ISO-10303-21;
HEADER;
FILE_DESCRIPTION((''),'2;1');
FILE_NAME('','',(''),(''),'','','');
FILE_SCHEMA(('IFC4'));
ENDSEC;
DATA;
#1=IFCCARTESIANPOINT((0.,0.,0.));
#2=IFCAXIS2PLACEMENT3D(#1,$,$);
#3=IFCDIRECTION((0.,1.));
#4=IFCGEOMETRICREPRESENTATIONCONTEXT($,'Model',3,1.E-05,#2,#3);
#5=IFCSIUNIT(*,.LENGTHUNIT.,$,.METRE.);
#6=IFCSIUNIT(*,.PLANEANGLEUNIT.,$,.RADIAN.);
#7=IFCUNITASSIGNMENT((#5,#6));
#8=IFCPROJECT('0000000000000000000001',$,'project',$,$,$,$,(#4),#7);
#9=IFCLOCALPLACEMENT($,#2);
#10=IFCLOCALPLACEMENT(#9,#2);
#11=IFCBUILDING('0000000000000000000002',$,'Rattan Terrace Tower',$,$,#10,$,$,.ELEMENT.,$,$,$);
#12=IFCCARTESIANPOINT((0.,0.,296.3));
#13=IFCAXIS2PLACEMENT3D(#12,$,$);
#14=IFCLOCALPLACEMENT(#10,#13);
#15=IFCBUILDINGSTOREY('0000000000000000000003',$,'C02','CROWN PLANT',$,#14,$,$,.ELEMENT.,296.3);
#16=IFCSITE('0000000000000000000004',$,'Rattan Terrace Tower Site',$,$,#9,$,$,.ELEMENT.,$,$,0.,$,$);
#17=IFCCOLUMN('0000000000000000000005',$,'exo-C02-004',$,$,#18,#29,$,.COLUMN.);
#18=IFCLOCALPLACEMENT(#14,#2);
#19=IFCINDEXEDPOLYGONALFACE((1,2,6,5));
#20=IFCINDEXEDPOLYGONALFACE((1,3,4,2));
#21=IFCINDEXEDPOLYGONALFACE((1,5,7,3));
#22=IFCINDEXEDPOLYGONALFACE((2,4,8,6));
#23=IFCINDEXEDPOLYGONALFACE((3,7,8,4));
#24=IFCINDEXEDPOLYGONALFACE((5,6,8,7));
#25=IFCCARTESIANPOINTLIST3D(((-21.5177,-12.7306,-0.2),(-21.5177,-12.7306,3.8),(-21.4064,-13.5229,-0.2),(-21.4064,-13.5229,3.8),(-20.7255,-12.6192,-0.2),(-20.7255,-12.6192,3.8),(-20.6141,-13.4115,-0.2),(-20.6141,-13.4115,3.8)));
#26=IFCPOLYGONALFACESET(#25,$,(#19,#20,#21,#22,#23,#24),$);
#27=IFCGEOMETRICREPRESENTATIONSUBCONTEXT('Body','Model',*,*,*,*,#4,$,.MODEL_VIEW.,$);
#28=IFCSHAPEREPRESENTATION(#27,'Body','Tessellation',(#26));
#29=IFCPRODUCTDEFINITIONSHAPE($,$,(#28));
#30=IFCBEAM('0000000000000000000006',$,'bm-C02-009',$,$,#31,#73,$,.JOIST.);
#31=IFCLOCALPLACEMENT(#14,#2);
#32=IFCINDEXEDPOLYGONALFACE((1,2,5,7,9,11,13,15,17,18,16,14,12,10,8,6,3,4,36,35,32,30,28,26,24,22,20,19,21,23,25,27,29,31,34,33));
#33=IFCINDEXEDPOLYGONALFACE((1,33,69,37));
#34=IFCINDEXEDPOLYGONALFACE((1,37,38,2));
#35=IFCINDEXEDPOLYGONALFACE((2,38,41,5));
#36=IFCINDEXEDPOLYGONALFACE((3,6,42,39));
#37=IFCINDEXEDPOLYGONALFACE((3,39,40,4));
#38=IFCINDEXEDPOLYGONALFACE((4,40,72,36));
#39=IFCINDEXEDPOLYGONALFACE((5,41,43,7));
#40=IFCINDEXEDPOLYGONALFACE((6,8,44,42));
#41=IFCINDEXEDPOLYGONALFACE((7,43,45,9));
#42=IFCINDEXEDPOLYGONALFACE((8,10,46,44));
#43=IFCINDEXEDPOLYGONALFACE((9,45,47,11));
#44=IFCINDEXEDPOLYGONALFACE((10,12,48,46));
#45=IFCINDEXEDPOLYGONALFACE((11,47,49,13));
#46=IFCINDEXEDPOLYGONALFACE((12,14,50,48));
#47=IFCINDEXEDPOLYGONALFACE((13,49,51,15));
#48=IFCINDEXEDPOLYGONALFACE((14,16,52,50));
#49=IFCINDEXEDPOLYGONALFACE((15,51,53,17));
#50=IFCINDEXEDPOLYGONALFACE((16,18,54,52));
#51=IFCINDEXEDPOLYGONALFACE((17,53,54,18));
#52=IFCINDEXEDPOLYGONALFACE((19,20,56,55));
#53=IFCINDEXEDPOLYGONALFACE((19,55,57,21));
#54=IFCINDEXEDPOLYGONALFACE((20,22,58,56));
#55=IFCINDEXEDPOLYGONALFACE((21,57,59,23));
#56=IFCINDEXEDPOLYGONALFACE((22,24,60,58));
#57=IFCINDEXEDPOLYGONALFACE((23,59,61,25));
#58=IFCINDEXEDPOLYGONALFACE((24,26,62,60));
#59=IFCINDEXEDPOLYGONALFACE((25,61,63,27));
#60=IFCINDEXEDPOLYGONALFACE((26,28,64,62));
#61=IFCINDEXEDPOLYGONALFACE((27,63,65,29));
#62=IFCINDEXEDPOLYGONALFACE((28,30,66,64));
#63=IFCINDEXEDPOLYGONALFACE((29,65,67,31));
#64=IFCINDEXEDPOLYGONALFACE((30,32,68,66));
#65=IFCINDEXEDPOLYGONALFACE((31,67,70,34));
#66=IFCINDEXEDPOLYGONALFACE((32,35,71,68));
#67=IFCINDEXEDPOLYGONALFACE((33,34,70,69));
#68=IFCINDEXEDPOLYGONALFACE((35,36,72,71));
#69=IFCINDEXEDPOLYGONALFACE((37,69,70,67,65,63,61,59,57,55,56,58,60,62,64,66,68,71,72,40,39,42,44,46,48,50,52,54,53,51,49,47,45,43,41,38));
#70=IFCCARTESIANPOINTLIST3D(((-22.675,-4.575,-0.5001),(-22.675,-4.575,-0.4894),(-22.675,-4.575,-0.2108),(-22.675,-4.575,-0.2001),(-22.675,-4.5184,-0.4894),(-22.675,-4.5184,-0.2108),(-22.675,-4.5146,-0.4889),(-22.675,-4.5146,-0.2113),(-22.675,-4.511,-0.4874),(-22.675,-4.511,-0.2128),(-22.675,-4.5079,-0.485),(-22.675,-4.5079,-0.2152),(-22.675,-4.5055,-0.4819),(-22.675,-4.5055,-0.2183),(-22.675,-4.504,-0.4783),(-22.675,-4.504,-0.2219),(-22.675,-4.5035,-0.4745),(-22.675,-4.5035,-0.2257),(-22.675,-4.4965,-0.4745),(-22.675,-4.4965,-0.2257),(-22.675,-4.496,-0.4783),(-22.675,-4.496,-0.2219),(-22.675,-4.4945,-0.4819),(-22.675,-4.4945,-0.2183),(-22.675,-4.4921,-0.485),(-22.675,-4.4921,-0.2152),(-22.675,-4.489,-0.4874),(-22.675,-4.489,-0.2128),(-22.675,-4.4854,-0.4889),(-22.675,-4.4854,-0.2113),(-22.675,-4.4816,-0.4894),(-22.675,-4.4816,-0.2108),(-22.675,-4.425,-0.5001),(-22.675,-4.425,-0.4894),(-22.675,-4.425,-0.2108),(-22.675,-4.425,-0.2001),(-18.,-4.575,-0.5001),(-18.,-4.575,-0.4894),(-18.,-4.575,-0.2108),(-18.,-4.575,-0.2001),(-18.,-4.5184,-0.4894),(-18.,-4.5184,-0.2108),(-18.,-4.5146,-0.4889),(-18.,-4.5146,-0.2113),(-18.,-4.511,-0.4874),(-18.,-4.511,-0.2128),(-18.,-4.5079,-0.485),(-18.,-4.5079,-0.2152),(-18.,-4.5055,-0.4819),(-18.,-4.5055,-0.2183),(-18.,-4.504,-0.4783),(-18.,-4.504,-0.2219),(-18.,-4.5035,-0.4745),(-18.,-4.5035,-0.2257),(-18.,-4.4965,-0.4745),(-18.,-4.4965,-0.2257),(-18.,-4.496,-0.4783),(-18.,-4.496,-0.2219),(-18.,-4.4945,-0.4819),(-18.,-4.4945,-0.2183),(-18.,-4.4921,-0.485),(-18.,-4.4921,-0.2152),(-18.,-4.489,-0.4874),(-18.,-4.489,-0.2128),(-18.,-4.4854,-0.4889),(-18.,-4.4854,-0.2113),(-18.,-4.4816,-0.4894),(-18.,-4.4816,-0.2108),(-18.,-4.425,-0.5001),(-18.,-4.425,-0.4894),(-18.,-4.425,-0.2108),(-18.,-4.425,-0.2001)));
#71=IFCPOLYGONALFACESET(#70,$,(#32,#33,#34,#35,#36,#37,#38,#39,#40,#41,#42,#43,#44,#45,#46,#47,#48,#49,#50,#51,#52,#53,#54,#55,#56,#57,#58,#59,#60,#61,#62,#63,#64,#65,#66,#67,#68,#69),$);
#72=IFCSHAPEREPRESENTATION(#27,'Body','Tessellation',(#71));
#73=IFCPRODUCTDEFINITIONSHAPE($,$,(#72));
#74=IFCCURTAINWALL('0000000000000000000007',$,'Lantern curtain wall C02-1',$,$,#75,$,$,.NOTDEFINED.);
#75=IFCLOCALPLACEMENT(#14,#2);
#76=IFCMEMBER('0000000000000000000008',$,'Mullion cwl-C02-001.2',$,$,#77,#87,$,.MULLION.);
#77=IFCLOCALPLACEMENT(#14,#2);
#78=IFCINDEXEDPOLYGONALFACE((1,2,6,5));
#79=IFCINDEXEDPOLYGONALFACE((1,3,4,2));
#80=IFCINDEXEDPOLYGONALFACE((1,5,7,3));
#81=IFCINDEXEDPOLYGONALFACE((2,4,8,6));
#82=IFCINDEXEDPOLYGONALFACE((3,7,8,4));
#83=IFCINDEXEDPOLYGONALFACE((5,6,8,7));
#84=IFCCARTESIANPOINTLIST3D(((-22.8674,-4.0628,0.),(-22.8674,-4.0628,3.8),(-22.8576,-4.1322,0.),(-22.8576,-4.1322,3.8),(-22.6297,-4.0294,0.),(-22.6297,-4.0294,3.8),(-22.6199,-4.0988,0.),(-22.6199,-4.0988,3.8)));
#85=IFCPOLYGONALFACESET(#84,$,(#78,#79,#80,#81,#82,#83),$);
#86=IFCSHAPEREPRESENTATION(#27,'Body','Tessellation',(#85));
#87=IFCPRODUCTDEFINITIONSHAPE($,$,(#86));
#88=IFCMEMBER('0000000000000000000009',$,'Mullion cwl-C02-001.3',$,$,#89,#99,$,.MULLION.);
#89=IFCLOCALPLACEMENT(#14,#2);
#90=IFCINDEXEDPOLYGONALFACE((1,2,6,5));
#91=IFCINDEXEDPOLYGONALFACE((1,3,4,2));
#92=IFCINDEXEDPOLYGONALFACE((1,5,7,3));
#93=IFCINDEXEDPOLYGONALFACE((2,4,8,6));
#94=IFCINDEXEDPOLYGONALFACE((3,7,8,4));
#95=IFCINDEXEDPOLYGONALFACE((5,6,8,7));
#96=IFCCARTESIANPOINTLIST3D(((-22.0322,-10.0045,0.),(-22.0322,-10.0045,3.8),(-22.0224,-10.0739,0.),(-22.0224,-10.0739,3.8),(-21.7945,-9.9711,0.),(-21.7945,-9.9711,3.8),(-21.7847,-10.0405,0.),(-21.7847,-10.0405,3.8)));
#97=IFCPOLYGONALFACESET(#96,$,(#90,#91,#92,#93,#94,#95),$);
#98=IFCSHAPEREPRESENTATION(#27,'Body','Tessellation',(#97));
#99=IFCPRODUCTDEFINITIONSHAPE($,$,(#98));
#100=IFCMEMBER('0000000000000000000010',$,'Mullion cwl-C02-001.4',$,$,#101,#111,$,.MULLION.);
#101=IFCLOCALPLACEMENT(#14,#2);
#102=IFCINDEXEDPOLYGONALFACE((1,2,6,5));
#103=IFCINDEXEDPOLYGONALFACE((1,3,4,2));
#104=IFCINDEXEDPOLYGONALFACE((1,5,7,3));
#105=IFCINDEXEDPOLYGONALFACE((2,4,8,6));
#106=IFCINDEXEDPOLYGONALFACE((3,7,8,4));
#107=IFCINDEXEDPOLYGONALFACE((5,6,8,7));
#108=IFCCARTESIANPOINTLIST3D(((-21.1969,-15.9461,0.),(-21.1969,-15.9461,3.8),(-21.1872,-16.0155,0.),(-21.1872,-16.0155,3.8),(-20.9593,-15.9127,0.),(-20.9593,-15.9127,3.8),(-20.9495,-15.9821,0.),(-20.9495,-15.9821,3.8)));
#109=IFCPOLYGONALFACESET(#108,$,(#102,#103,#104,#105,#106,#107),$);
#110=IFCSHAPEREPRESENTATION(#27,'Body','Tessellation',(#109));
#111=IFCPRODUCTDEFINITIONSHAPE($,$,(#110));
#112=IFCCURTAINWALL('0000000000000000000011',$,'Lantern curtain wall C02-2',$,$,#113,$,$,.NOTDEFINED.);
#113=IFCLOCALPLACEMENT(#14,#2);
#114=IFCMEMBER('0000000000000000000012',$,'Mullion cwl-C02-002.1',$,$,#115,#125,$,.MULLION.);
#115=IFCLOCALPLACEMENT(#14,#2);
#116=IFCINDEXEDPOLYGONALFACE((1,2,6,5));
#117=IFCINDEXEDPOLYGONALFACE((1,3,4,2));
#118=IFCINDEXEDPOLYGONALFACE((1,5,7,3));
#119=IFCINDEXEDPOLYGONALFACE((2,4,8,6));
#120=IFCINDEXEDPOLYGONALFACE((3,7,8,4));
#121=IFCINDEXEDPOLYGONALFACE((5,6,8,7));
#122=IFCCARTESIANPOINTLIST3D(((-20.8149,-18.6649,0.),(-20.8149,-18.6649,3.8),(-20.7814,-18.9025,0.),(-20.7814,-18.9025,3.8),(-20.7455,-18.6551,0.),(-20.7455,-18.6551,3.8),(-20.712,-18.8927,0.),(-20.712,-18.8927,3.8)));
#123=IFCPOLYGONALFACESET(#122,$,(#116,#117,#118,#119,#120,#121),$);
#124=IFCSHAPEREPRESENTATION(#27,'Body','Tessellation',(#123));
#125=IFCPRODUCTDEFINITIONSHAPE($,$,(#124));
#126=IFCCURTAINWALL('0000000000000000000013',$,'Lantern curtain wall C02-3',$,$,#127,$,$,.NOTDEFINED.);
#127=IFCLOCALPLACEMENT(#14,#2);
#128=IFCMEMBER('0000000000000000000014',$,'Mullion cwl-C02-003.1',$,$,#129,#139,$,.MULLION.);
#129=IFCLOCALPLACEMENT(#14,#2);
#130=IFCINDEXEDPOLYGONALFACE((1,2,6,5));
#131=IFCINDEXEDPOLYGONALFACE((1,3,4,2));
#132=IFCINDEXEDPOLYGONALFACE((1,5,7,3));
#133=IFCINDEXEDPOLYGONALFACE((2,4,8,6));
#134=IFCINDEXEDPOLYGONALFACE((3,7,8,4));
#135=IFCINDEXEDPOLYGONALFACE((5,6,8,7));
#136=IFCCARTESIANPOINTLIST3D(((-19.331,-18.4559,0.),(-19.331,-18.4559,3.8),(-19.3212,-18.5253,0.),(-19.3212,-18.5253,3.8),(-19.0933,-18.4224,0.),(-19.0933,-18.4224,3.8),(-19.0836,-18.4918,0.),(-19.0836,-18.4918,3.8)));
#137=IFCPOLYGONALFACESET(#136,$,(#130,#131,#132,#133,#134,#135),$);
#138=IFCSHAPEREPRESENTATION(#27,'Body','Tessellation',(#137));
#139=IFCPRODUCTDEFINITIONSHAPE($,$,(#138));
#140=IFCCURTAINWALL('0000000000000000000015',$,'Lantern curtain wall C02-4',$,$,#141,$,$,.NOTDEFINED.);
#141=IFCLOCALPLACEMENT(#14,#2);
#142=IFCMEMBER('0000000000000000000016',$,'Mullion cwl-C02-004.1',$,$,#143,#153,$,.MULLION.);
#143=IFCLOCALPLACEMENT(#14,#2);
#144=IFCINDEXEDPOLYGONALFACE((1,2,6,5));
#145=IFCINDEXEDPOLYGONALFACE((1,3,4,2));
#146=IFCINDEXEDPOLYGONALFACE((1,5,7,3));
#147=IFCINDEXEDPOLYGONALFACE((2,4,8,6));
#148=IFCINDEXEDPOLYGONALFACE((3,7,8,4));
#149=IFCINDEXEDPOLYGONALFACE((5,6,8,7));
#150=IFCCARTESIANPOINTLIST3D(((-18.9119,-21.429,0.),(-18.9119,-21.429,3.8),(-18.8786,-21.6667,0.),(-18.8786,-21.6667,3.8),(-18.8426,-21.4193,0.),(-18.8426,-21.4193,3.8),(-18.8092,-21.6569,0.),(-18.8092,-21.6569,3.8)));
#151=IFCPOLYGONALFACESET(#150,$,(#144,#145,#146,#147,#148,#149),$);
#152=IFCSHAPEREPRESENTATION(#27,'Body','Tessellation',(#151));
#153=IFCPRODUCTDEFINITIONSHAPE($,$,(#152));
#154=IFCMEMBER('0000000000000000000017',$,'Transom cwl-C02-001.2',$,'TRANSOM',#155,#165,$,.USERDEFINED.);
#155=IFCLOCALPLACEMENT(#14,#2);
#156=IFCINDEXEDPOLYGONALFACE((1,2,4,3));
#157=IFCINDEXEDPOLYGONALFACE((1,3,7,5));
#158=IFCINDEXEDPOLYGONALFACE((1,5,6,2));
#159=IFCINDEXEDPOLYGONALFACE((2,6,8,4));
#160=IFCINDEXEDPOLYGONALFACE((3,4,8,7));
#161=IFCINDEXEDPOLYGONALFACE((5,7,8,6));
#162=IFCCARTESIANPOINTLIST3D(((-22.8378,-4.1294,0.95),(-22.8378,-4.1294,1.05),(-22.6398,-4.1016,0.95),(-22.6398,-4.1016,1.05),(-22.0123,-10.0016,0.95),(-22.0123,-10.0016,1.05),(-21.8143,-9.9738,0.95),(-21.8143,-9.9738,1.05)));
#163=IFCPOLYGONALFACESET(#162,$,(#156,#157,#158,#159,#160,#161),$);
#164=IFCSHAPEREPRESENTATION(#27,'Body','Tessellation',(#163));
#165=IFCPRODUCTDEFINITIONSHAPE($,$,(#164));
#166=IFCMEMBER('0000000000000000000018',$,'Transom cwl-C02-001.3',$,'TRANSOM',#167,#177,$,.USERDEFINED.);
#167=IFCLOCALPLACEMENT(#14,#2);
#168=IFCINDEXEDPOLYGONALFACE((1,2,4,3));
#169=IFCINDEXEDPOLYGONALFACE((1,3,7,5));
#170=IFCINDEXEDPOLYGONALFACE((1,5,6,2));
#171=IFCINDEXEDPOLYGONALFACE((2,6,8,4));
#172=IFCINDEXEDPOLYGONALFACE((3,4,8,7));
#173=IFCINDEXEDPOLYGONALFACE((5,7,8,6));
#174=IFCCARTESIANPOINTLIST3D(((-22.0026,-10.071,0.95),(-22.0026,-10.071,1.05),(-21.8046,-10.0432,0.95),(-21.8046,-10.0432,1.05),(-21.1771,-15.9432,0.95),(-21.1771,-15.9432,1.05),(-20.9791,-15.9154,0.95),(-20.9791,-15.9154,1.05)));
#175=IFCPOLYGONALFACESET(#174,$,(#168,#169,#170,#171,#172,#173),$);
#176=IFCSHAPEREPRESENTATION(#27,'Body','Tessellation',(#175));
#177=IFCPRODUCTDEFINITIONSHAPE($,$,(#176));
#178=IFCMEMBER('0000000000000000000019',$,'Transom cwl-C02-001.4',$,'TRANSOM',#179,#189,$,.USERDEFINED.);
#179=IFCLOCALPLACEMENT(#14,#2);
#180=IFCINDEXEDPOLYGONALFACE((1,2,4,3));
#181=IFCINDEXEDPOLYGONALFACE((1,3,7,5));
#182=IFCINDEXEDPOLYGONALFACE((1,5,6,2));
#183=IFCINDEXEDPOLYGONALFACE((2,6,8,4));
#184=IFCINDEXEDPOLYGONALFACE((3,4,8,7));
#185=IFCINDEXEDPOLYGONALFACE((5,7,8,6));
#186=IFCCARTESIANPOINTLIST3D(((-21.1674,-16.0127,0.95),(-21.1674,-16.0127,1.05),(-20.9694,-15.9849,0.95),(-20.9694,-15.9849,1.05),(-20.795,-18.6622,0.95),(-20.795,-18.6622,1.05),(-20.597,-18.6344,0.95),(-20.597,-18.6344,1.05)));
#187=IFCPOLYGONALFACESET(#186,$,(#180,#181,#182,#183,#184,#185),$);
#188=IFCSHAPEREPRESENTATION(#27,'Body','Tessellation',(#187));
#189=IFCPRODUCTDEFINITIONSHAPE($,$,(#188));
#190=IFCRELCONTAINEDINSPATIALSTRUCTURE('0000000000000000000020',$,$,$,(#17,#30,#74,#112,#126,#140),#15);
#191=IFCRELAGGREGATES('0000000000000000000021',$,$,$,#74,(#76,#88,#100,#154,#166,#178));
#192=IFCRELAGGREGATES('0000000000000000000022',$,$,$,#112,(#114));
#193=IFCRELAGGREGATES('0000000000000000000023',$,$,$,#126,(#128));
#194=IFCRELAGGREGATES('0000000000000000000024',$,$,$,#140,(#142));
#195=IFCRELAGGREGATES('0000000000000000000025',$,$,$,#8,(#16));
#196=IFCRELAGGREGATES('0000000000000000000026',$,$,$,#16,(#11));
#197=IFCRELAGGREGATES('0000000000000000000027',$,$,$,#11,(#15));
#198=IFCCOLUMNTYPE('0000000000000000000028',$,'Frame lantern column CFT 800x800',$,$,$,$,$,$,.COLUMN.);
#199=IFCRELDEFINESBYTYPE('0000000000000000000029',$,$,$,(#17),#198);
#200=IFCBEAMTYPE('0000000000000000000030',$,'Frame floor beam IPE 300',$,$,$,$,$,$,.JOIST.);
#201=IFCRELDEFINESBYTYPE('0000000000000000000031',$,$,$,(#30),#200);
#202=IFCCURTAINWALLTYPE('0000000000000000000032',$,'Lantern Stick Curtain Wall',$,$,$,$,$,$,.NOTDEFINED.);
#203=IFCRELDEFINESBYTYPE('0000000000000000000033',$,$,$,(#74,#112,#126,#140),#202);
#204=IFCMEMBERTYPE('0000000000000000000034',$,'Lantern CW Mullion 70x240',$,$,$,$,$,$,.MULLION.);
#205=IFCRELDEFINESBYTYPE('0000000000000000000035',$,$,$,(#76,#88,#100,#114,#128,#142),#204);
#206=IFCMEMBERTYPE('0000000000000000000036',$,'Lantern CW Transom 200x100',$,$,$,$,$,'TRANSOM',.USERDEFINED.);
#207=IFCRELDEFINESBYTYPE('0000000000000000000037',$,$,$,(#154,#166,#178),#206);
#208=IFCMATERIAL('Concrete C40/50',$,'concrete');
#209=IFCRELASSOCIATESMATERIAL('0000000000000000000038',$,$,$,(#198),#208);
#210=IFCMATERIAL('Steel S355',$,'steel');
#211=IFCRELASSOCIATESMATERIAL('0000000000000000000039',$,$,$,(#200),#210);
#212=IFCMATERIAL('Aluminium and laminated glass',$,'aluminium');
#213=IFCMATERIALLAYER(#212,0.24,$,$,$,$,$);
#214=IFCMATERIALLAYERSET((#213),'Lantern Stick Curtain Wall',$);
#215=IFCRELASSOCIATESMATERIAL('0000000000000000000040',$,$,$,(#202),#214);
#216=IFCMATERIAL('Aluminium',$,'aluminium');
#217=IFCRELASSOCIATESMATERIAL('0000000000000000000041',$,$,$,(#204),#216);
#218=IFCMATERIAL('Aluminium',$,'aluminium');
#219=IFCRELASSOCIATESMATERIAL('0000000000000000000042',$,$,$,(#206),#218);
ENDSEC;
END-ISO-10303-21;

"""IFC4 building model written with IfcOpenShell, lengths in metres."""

from ifc_helpers import new_model, si_unit, direction, frame, origin, origin_2d, place, context, subcontext, project, spatial, rectangle, i_section, extrude, material, layer, layer_set, material_profile, profile_set, type_object, element, aggregate, save


model = new_model("IFC4")

# Units and contexts
model_context = context("Model", 3, precision=1e-05, world=origin(), true_north=direction((0.0, 1.0)))
body_context = subcontext(model_context, "Body", "Model", "MODEL_VIEW")
ifc_project = project(units=[si_unit("LENGTHUNIT", "METRE"), si_unit("PLANEANGLEUNIT", "RADIAN")], contexts=[model_context])

# Site, building, storey
site_placement = place(None, origin())
site = spatial("IfcSite", under=ifc_project, at=site_placement, Name="Rattan Terrace Tower Site", CompositionType="ELEMENT", RefElevation=0.0)
building_placement = place(site_placement, origin())
building = spatial("IfcBuilding", under=site, at=building_placement, Name="Rattan Terrace Tower", CompositionType="ELEMENT")
storey_placement = place(building_placement, frame((0.0, 0.0, 296.3)))
storey = spatial("IfcBuildingStorey", under=building, at=storey_placement, Name="C02", Description="CROWN PLANT", CompositionType="ELEMENT", Elevation=296.3)

# Column
ifc_material_1 = material(Name="Concrete C40/50", Category="concrete")
ifc_material_profile_1 = material_profile(ifc_material_1, rectangle(XDim=0.8, YDim=0.8, at=origin_2d()), Name="CFT 800x800")
ifc_profile_set_1 = profile_set([ifc_material_profile_1], Name="Concrete C40/50")
column_type = type_object("IfcColumnType", Name="Frame lantern column CFT 800x800", PredefinedType="COLUMN", material=ifc_profile_set_1)
column_placement = place(storey_placement, frame((-21.0659, -13.071, -0.2), z_axis=(0.0, 0.0, 1.0), x_axis=(-0.13919, 0.990266, 0.0)))
element("IfcColumn", 1, at=column_placement, inside=storey, type_object=column_type, Name="exo-C02-004", PredefinedType="COLUMN", context=body_context, shape_type="SweptSolid", body=[
    extrude(rectangle(XDim=0.8, YDim=0.8, at=origin_2d()), origin(), (0.0, 0.0, 1.0), 4.0),
])

# Beam
ifc_material_2 = material(Name="Steel S355", Category="steel")
ifc_material_profile_2 = material_profile(ifc_material_2, i_section(OverallWidth=0.1499, OverallDepth=0.3, WebThickness=0.0071, FlangeThickness=0.0107, FilletRadius=0.0149, at=origin_2d()), Name="IPE 300")
ifc_profile_set_2 = profile_set([ifc_material_profile_2], Name="Steel S355")
beam_type = type_object("IfcBeamType", Name="Frame floor beam IPE 300", PredefinedType="JOIST", material=ifc_profile_set_2)
beam_placement = place(storey_placement, frame((-22.675, -4.5, -0.3501), z_axis=(1.0, 0.0, 0.0), x_axis=(0.0, 1.0, 0.0)))
element("IfcBeam", 2, at=beam_placement, inside=storey, type_object=beam_type, Name="bm-C02-009", PredefinedType="JOIST", context=body_context, shape_type="SweptSolid", body=[
    extrude(i_section(OverallWidth=0.1499, OverallDepth=0.3, WebThickness=0.0071, FlangeThickness=0.0107, FilletRadius=0.0149, at=origin_2d()), origin(), (0.0, 0.0, 1.0), 4.675),
])

# Curtain wall, members
ifc_material_3 = material(Name="Aluminium and laminated glass", Category="aluminium")
ifc_layer_1 = layer(ifc_material_3, 0.24)
ifc_layer_set_1 = layer_set([ifc_layer_1], Name="Lantern Stick Curtain Wall")
curtain_wall_type = type_object("IfcCurtainWallType", Name="Lantern Stick Curtain Wall", PredefinedType="NOTDEFINED", material=ifc_layer_set_1)
curtain_wall_1_placement = place(storey_placement, origin())
curtain_wall_1 = element("IfcCurtainWall", 3, at=curtain_wall_1_placement, inside=storey, type_object=curtain_wall_type, Name="Lantern curtain wall C02-1", PredefinedType="NOTDEFINED")
ifc_material_4 = material(Name="Aluminium", Category="aluminium")
ifc_material_profile_3 = material_profile(ifc_material_4, rectangle(XDim=0.0701, YDim=0.24, at=origin_2d()), Name="Aluminium 70x240")
ifc_profile_set_3 = profile_set([ifc_material_profile_3], Name="Aluminium")
member_type_1 = type_object("IfcMemberType", Name="Lantern CW Mullion 70x240", PredefinedType="MULLION", material=ifc_profile_set_3)
member_1_placement = place(storey_placement, frame((-22.7437, -4.0808, 0.0), z_axis=(0.0, 0.0, 1.0), x_axis=(0.139188, -0.990266, 0.0)))
member_1 = element("IfcMember", 4, at=member_1_placement, type_object=member_type_1, Name="Mullion cwl-C02-001.2", PredefinedType="MULLION", context=body_context, shape_type="SweptSolid", body=[
    extrude(rectangle(XDim=0.0701, YDim=0.24, at=origin_2d()), origin(), (0.0, 0.0, 1.0), 3.8),
])
member_2_placement = place(storey_placement, frame((-21.9084, -10.0225, 0.0), z_axis=(0.0, 0.0, 1.0), x_axis=(0.139188, -0.990266, 0.0)))
member_2 = element("IfcMember", 5, at=member_2_placement, type_object=member_type_1, Name="Mullion cwl-C02-001.3", PredefinedType="MULLION", context=body_context, shape_type="SweptSolid", body=[
    extrude(rectangle(XDim=0.0701, YDim=0.24, at=origin_2d()), origin(), (0.0, 0.0, 1.0), 3.8),
])
member_3_placement = place(storey_placement, frame((-21.0732, -15.9641, 0.0), z_axis=(0.0, 0.0, 1.0), x_axis=(0.139188, -0.990266, 0.0)))
member_3 = element("IfcMember", 6, at=member_3_placement, type_object=member_type_1, Name="Mullion cwl-C02-001.4", PredefinedType="MULLION", context=body_context, shape_type="SweptSolid", body=[
    extrude(rectangle(XDim=0.0701, YDim=0.24, at=origin_2d()), origin(), (0.0, 0.0, 1.0), 3.8),
])

# Curtain walls, members
curtain_wall_2_placement = place(storey_placement, origin())
curtain_wall_2 = element("IfcCurtainWall", 7, at=curtain_wall_2_placement, inside=storey, type_object=curtain_wall_type, Name="Lantern curtain wall C02-2", PredefinedType="NOTDEFINED")
member_4_placement = place(storey_placement, frame((-20.7634, -18.7788, 0.0), z_axis=(0.0, 0.0, 1.0), x_axis=(0.990228, 0.139459, 0.0)))
member_4 = element("IfcMember", 8, at=member_4_placement, type_object=member_type_1, Name="Mullion cwl-C02-002.1", PredefinedType="MULLION", context=body_context, shape_type="SweptSolid", body=[
    extrude(rectangle(XDim=0.0701, YDim=0.24, at=origin_2d()), origin(), (0.0, 0.0, 1.0), 3.8),
])
curtain_wall_3_placement = place(storey_placement, origin())
curtain_wall_3 = element("IfcCurtainWall", 9, at=curtain_wall_3_placement, inside=storey, type_object=curtain_wall_type, Name="Lantern curtain wall C02-3", PredefinedType="NOTDEFINED")
member_5_placement = place(storey_placement, frame((-19.2073, -18.4739, 0.0), z_axis=(0.0, 0.0, 1.0), x_axis=(0.139556, -0.990214, 0.0)))
member_5 = element("IfcMember", 10, at=member_5_placement, type_object=member_type_1, Name="Mullion cwl-C02-003.1", PredefinedType="MULLION", context=body_context, shape_type="SweptSolid", body=[
    extrude(rectangle(XDim=0.0701, YDim=0.24, at=origin_2d()), origin(), (0.0, 0.0, 1.0), 3.8),
])
curtain_wall_4_placement = place(storey_placement, origin())
curtain_wall_4 = element("IfcCurtainWall", 11, at=curtain_wall_4_placement, inside=storey, type_object=curtain_wall_type, Name="Lantern curtain wall C02-4", PredefinedType="NOTDEFINED")
member_6_placement = place(storey_placement, frame((-18.8606, -21.543, 0.0), z_axis=(0.0, 0.0, 1.0), x_axis=(0.99032, 0.138805, 0.0)))
member_6 = element("IfcMember", 12, at=member_6_placement, type_object=member_type_1, Name="Mullion cwl-C02-004.1", PredefinedType="MULLION", context=body_context, shape_type="SweptSolid", body=[
    extrude(rectangle(XDim=0.0701, YDim=0.24, at=origin_2d()), origin(), (0.0, 0.0, 1.0), 3.8),
])

# Members
ifc_material_5 = material(Name="Aluminium", Category="aluminium")
ifc_material_profile_4 = material_profile(ifc_material_5, rectangle(XDim=0.2, YDim=0.1001, at=origin_2d()), Name="Aluminium 200x100")
ifc_profile_set_4 = profile_set([ifc_material_profile_4], Name="Aluminium")
member_type_2 = type_object("IfcMemberType", Name="Lantern CW Transom 200x100", ElementType="TRANSOM", PredefinedType="USERDEFINED", material=ifc_profile_set_4)
member_7_placement = place(storey_placement, frame((-22.7388, -4.1155, 1.0), z_axis=(0.139196, -0.990265, 0.0), x_axis=(0.990265, 0.139196, 0.0)))
member_7 = element("IfcMember", 13, at=member_7_placement, type_object=member_type_2, Name="Transom cwl-C02-001.2", ObjectType="TRANSOM", PredefinedType="USERDEFINED", context=body_context, shape_type="SweptSolid", body=[
    extrude(rectangle(XDim=0.2, YDim=0.1001, at=origin_2d()), origin(), (0.0, 0.0, 1.0), 5.9299),
])
member_8_placement = place(storey_placement, frame((-21.9036, -10.0571, 1.0), z_axis=(0.139196, -0.990265, 0.0), x_axis=(0.990265, 0.139196, 0.0)))
member_8 = element("IfcMember", 14, at=member_8_placement, type_object=member_type_2, Name="Transom cwl-C02-001.3", ObjectType="TRANSOM", PredefinedType="USERDEFINED", context=body_context, shape_type="SweptSolid", body=[
    extrude(rectangle(XDim=0.2, YDim=0.1001, at=origin_2d()), origin(), (0.0, 0.0, 1.0), 5.9299),
])
member_9_placement = place(storey_placement, frame((-21.0684, -15.9988, 1.0), z_axis=(0.13916, -0.99027, 0.0), x_axis=(0.99027, 0.13916, 0.0)))
member_9 = element("IfcMember", 15, at=member_9_placement, type_object=member_type_2, Name="Transom cwl-C02-001.4", ObjectType="TRANSOM", PredefinedType="USERDEFINED", context=body_context, shape_type="SweptSolid", body=[
    extrude(rectangle(XDim=0.2, YDim=0.1001, at=origin_2d()), origin(), (0.0, 0.0, 1.0), 2.6755),
])

aggregate(curtain_wall_1, [member_1, member_2, member_3, member_7, member_8, member_9])
aggregate(curtain_wall_2, [member_4])
aggregate(curtain_wall_3, [member_5])
aggregate(curtain_wall_4, [member_6])

save(model, "model.ifc")
